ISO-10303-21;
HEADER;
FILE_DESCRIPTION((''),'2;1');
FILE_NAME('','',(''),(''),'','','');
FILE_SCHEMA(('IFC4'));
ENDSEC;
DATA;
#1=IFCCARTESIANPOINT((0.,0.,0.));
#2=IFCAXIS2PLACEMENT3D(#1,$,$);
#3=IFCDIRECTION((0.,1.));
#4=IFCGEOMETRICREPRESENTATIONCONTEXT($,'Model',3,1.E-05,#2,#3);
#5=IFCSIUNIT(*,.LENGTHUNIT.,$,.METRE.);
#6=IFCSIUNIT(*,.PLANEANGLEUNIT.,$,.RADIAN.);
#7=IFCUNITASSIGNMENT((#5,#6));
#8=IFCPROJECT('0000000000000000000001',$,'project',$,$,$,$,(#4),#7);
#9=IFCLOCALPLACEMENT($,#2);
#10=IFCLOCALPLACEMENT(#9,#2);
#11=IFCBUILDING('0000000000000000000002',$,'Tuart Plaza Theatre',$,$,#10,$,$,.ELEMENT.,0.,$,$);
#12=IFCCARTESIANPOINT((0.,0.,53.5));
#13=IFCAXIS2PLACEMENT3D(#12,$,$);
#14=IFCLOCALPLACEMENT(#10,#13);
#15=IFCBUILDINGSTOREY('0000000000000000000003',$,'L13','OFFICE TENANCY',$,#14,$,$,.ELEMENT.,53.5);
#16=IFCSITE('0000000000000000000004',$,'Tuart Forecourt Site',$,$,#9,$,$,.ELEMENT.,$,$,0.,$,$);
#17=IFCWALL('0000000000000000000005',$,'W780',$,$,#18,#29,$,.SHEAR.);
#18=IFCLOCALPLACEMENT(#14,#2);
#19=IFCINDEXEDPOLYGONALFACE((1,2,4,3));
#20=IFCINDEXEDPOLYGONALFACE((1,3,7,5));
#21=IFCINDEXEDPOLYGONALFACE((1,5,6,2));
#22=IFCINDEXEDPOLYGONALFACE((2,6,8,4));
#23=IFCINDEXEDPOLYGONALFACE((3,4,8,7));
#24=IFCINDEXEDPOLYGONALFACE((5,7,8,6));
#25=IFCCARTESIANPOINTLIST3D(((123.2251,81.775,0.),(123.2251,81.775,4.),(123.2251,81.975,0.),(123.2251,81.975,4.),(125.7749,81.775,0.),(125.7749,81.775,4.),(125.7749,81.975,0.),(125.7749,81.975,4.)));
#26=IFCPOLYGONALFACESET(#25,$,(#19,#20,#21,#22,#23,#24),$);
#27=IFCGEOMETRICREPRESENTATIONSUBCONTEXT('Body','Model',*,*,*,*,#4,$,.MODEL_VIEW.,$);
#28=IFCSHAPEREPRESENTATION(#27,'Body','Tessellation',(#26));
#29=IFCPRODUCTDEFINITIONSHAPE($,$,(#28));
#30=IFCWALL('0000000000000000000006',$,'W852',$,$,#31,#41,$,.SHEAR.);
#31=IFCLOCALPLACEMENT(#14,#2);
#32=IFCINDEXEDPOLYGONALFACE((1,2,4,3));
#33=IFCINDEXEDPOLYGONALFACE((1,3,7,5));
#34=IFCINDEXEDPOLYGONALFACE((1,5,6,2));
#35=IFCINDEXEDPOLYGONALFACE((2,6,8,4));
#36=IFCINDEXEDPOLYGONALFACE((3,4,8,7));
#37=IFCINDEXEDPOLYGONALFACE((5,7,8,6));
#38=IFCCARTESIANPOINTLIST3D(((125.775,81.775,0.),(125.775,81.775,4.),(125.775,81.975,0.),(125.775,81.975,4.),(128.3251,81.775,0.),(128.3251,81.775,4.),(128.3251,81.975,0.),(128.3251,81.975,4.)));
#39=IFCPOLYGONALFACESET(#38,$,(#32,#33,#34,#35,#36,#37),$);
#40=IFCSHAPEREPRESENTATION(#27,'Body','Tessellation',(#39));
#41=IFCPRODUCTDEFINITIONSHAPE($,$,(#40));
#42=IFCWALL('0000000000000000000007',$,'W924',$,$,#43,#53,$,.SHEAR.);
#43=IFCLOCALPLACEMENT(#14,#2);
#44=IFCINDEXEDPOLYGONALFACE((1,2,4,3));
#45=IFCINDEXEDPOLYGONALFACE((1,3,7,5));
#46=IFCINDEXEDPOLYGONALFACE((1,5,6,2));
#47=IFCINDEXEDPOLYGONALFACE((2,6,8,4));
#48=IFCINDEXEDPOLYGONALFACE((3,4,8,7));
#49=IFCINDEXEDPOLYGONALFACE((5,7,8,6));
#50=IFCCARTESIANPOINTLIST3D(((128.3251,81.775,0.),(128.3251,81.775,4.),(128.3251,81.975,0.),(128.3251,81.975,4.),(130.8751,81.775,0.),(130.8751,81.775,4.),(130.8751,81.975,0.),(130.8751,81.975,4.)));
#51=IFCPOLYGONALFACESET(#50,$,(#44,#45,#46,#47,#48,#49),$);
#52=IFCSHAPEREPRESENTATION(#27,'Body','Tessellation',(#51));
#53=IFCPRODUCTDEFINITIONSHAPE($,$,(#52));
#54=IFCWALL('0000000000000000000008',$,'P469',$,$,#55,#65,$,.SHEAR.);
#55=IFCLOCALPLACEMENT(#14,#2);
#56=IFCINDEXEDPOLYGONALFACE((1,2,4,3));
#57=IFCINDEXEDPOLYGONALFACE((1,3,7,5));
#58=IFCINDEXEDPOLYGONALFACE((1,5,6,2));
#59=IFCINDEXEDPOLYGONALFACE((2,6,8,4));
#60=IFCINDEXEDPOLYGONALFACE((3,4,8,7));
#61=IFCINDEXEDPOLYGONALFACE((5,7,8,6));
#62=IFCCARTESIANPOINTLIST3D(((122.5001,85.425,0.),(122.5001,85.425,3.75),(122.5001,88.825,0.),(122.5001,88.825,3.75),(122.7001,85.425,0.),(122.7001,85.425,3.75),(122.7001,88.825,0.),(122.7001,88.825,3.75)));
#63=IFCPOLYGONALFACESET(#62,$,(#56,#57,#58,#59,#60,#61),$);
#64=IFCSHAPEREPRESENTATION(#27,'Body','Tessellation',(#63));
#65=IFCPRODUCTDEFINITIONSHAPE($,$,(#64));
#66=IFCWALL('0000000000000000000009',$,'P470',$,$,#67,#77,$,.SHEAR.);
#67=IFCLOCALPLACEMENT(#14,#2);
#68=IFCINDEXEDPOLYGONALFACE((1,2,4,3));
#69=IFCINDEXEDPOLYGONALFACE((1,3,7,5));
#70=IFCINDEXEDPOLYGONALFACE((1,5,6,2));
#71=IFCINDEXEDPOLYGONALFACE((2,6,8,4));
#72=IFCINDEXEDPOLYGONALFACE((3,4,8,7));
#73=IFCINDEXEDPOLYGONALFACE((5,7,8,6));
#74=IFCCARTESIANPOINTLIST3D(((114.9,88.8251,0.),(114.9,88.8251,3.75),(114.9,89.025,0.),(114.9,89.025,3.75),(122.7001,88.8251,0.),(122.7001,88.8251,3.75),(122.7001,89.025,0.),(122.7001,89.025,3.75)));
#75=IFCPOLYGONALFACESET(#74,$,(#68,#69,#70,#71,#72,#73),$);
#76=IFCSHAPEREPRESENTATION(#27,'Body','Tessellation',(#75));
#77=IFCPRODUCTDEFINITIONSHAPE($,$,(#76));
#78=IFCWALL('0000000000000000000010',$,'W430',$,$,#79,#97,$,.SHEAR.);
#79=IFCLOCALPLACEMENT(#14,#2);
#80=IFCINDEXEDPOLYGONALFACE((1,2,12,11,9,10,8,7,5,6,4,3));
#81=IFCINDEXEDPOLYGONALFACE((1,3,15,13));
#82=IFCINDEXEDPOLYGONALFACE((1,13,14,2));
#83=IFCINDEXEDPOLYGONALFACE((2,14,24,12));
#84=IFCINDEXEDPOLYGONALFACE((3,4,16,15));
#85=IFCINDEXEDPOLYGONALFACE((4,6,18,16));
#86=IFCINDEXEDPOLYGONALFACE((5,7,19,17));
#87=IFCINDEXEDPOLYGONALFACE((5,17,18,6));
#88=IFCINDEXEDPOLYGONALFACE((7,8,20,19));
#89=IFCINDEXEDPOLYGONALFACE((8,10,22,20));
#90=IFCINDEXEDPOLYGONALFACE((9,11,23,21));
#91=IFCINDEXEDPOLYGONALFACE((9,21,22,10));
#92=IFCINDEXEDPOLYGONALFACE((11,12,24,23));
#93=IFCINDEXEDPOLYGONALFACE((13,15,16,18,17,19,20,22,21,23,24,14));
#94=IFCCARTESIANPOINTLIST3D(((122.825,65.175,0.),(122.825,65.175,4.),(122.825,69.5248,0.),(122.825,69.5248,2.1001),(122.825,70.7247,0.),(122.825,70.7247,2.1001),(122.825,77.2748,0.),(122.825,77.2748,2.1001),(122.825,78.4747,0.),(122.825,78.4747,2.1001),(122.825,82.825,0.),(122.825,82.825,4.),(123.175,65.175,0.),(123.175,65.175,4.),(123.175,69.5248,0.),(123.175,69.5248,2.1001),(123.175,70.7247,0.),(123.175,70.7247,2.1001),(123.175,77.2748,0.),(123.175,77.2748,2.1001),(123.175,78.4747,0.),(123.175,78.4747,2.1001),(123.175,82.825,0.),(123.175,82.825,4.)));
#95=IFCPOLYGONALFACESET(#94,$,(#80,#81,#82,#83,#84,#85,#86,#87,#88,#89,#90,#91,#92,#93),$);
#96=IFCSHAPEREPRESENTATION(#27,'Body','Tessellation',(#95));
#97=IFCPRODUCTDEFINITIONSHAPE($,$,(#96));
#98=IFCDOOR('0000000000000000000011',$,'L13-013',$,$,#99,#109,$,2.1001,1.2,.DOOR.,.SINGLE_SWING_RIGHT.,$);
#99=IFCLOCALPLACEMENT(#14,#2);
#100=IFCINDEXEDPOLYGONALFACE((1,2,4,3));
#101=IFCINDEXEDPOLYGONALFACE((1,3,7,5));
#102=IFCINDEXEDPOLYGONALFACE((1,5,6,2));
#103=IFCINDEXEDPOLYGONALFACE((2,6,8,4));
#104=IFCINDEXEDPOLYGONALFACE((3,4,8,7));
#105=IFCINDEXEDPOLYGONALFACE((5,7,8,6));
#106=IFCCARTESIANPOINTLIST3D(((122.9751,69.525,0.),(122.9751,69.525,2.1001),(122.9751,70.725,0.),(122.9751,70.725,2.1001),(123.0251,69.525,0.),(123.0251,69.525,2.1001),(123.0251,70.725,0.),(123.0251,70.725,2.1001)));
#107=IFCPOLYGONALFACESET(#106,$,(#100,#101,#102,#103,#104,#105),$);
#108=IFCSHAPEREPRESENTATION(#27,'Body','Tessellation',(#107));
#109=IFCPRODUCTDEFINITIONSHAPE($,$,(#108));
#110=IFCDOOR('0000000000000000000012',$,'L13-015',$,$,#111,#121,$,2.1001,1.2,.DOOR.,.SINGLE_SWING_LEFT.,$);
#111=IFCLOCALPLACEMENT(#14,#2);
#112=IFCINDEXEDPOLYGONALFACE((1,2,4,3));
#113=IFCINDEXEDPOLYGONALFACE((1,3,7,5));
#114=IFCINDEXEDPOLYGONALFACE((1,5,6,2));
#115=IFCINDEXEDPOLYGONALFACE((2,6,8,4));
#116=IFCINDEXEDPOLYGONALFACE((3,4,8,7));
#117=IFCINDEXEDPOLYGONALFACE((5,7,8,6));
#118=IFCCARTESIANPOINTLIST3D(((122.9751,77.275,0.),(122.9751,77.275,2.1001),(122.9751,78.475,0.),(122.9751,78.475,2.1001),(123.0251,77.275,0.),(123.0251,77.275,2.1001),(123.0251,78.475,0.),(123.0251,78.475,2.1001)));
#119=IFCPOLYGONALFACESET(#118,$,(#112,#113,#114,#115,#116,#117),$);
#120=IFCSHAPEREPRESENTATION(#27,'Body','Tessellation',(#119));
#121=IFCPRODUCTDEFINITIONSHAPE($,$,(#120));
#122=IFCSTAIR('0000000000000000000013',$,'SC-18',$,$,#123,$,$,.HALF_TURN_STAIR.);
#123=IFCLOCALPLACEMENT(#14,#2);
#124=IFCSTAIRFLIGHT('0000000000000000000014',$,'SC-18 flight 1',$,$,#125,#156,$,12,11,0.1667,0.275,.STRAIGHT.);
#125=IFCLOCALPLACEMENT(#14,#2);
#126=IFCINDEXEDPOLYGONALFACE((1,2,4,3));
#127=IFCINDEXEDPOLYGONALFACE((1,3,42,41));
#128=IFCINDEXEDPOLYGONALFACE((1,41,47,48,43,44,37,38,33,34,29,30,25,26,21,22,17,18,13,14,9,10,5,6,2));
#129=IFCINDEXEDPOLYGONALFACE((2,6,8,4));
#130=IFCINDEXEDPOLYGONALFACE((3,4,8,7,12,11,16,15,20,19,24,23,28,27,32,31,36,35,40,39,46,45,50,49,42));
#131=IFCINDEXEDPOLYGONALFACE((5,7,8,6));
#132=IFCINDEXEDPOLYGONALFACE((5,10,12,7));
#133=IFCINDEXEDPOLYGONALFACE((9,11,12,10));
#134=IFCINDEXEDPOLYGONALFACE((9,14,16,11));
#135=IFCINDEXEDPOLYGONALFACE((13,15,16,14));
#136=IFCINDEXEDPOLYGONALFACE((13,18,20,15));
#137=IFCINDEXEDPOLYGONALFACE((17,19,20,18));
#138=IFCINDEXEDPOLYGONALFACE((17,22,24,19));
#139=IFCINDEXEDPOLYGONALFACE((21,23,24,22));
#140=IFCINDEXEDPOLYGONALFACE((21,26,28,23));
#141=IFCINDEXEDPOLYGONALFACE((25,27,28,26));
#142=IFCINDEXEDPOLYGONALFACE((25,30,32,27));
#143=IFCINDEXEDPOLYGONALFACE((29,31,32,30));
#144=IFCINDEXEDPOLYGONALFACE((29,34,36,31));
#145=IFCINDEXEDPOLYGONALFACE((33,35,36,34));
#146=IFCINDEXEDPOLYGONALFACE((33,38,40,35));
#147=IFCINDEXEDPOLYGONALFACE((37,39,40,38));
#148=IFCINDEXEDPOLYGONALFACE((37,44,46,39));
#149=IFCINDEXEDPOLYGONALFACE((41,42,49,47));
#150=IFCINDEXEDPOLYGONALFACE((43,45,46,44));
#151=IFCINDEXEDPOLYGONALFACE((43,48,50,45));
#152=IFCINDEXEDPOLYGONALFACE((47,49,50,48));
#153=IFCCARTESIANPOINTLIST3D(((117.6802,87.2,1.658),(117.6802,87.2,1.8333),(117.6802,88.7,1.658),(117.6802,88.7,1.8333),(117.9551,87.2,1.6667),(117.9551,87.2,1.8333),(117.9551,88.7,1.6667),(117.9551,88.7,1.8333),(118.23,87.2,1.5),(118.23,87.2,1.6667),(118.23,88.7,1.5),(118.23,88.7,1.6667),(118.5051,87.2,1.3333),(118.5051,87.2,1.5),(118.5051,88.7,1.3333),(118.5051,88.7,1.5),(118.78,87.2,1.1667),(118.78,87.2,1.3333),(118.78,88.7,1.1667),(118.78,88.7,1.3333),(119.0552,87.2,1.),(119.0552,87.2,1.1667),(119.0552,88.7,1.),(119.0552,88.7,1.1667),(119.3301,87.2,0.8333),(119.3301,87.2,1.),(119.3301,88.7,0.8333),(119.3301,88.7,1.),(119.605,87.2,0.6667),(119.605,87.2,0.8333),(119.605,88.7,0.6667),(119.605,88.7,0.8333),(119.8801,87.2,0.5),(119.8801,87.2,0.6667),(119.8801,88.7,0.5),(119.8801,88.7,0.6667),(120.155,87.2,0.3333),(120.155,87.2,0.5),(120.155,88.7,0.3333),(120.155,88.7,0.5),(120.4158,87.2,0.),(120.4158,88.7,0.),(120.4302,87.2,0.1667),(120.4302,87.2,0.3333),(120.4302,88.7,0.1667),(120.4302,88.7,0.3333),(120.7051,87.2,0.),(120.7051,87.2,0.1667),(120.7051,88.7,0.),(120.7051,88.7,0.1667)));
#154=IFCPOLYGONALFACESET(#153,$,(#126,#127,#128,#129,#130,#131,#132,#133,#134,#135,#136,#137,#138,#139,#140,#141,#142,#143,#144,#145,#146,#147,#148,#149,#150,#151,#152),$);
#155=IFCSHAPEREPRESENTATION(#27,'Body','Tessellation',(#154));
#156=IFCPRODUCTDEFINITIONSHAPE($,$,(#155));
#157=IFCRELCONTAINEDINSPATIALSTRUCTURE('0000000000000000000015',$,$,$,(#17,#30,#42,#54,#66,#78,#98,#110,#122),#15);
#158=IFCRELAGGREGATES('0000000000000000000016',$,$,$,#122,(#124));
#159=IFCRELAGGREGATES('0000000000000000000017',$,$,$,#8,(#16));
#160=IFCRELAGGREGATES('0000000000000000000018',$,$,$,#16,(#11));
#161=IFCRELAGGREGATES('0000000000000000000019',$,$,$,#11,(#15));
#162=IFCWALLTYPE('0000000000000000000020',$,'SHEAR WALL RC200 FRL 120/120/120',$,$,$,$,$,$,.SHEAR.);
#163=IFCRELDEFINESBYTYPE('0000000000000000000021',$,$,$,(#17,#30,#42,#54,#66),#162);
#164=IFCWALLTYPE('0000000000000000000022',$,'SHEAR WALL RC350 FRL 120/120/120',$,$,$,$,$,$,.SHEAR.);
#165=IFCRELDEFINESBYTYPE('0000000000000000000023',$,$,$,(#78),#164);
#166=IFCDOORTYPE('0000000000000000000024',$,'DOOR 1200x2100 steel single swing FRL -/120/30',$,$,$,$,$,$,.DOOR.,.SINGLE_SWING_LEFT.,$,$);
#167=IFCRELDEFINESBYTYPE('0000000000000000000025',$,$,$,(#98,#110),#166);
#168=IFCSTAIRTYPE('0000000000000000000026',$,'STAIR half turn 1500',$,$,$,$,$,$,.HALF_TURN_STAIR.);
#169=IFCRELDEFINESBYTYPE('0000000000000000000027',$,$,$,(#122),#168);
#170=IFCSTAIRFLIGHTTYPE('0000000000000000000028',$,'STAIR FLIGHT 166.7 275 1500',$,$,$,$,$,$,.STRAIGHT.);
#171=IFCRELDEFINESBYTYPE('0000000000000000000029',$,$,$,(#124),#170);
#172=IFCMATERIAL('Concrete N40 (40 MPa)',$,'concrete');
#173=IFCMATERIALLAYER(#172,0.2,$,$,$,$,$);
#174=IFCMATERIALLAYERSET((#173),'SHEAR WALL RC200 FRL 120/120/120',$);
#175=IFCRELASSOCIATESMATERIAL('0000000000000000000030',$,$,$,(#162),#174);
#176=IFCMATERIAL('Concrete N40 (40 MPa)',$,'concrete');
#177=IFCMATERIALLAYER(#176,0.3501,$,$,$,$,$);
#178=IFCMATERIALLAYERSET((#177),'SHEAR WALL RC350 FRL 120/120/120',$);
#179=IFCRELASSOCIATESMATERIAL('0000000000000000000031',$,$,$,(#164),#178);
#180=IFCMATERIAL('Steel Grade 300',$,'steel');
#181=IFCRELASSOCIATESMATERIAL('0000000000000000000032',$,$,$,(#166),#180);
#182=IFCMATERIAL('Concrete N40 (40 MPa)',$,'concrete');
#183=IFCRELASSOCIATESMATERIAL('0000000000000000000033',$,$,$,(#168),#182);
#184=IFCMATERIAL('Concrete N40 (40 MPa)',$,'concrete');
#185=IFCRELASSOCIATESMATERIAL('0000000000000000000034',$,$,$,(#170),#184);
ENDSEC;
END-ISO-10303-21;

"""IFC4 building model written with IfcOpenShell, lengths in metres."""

from ifc_helpers import new_model, si_unit, direction, frame, frame_2d, origin, place, context, subcontext, project, spatial, polyline, rectangle, outline, extrude, material, layer, layer_set, type_object, element, fill, aggregate, save


model = new_model("IFC4")

# Units and contexts
model_context = context("Model", 3, precision=1e-05, world=origin(), true_north=direction((0.0, 1.0)))
body_context = subcontext(model_context, "Body", "Model", "MODEL_VIEW")
ifc_project = project(units=[si_unit("LENGTHUNIT", "METRE"), si_unit("PLANEANGLEUNIT", "RADIAN")], contexts=[model_context])

# Site, building, storey
site_placement = place(None, origin())
site = spatial("IfcSite", under=ifc_project, at=site_placement, Name="Tuart Forecourt Site", CompositionType="ELEMENT", RefElevation=0.0)
building_placement = place(site_placement, origin())
building = spatial("IfcBuilding", under=site, at=building_placement, Name="Tuart Plaza Theatre", CompositionType="ELEMENT", ElevationOfRefHeight=0.0)
storey_placement = place(building_placement, frame((0.0, 0.0, 53.5)))
storey = spatial("IfcBuildingStorey", under=building, at=storey_placement, Name="L13", Description="OFFICE TENANCY", CompositionType="ELEMENT", Elevation=53.5)

# Walls
ifc_material_1 = material(Name="Concrete N40 (40 MPa)", Category="concrete")
ifc_layer_1 = layer(ifc_material_1, 0.2)
ifc_layer_set_1 = layer_set([ifc_layer_1], Name="SHEAR WALL RC200 FRL 120/120/120")
wall_type_1 = type_object("IfcWallType", Name="SHEAR WALL RC200 FRL 120/120/120", PredefinedType="SHEAR", material=ifc_layer_set_1)
wall_1_placement = place(storey_placement, frame((125.7749, 81.875, 0.0), z_axis=(0.0, 0.0, 1.0), x_axis=(-1.0, 0.0, 0.0)))
element("IfcWall", 1, at=wall_1_placement, inside=storey, type_object=wall_type_1, Name="W780", PredefinedType="SHEAR", context=body_context, shape_type="SweptSolid", body=[
    extrude(rectangle(XDim=2.5498, YDim=0.2, at=frame_2d((1.2749, 0.0))), origin(), (0.0, 0.0, 1.0), 4.0),
])
for number, where, z_axis, x_axis, name in (
    (2, (128.325, 81.875, 0.0), (0.0, 0.0, 1.0), (-1.0, 0.0, 0.0), "W852"),
    (3, (130.875, 81.875, 0.0), (0.0, 0.0, 1.0), (-1.0, 0.0, 0.0), "W924"),
):
    element("IfcWall", number, at=place(storey_placement, frame(where, z_axis=z_axis, x_axis=x_axis)), inside=storey, type_object=wall_type_1, Name=name, PredefinedType="SHEAR", context=body_context, shape_type="SweptSolid", body=[
        extrude(rectangle(XDim=2.55, YDim=0.2, at=frame_2d((1.2749, 0.0))), origin(), (0.0, 0.0, 1.0), 4.0),
    ])
wall_2_placement = place(storey_placement, frame((122.6001, 85.425, 0.0), z_axis=(0.0, 0.0, 1.0), x_axis=(0.0, 1.0, 0.0)))
element("IfcWall", 4, at=wall_2_placement, inside=storey, type_object=wall_type_1, Name="P469", PredefinedType="SHEAR", context=body_context, shape_type="SweptSolid", body=[
    extrude(rectangle(XDim=3.3999, YDim=0.2, at=frame_2d((1.7, 0.0))), origin(), (0.0, 0.0, 1.0), 3.75),
])
wall_3_placement = place(storey_placement, frame((122.7, 88.925, 0.0), z_axis=(0.0, 0.0, 1.0), x_axis=(-1.0, 0.0, 0.0)))
element("IfcWall", 5, at=wall_3_placement, inside=storey, type_object=wall_type_1, Name="P470", PredefinedType="SHEAR", context=body_context, shape_type="SweptSolid", body=[
    extrude(rectangle(XDim=7.8, YDim=0.2, at=frame_2d((3.8999, 0.0))), origin(), (0.0, 0.0, 1.0), 3.75),
])

# Wall, openings, doors
ifc_material_2 = material(Name="Concrete N40 (40 MPa)", Category="concrete")
ifc_layer_2 = layer(ifc_material_2, 0.3501)
ifc_layer_set_2 = layer_set([ifc_layer_2], Name="SHEAR WALL RC350 FRL 120/120/120")
wall_type_2 = type_object("IfcWallType", Name="SHEAR WALL RC350 FRL 120/120/120", PredefinedType="SHEAR", material=ifc_layer_set_2)
wall_4_placement = place(storey_placement, frame((123.0, 82.825, 0.0), z_axis=(0.0, 0.0, 1.0), x_axis=(0.0, -1.0, 0.0)))
wall_4 = element("IfcWall", 6, at=wall_4_placement, inside=storey, type_object=wall_type_2, Name="W430", PredefinedType="SHEAR", context=body_context, shape_type="SweptSolid", body=[
    extrude(rectangle(XDim=17.6499, YDim=0.3501, at=frame_2d((8.825, 0.0))), origin(), (0.0, 0.0, 1.0), 4.0),
])
opening_1_placement = place(wall_4_placement, frame((12.1001, 0.0, 0.0)))
opening_1 = element("IfcOpeningElement", 7, at=opening_1_placement, cuts=wall_4, PredefinedType="OPENING", context=body_context, shape_type="SweptSolid", body=[
    extrude(rectangle(XDim=1.2, YDim=2.1001, at=frame_2d((0.6001, 1.05))), frame((0.0, 0.1851, 0.0), z_axis=(0.0, -1.0, 0.0), x_axis=(1.0, 0.0, 0.0)), (0.0, 0.0, 1.0), 0.3701),
])
opening_2_placement = place(wall_4_placement, frame((4.3501, 0.0, 0.0)))
opening_2 = element("IfcOpeningElement", 8, at=opening_2_placement, cuts=wall_4, PredefinedType="OPENING", context=body_context, shape_type="SweptSolid", body=[
    extrude(rectangle(XDim=1.2, YDim=2.1001, at=frame_2d((0.6001, 1.05))), frame((0.0, 0.1851, 0.0), z_axis=(0.0, -1.0, 0.0), x_axis=(1.0, 0.0, 0.0)), (0.0, 0.0, 1.0), 0.3701),
])
ifc_material_3 = material(Name="Steel Grade 300", Category="steel")
door_type_1 = type_object("IfcDoorType", Name="DOOR 1200x2100 steel single swing FRL -/120/30", OperationType="SINGLE_SWING_LEFT", PredefinedType="DOOR", material=ifc_material_3)
door_1_placement = place(opening_1_placement, frame((1.2, 0.0, 0.0), z_axis=(0.0, 0.0, 1.0), x_axis=(-1.0, 0.0, 0.0)))
door_1 = element("IfcDoor", 9, at=door_1_placement, inside=storey, type_object=door_type_1, Name="L13-013", OperationType="SINGLE_SWING_RIGHT", OverallHeight=2.1001, OverallWidth=1.2, PredefinedType="DOOR", context=body_context, shape_type="SweptSolid", body=[
    extrude(rectangle(XDim=1.2, YDim=2.1001, at=frame_2d((0.6001, 1.05))), frame((0.0, 0.0249, 0.0), z_axis=(0.0, -1.0, 0.0), x_axis=(1.0, 0.0, 0.0)), (0.0, 0.0, 1.0), 0.05),
])
fill(opening_1, door_1)
door_2_placement = place(opening_2_placement, frame((1.2, 0.0, 0.0), z_axis=(0.0, 0.0, 1.0), x_axis=(-1.0, 0.0, 0.0)))
door_2 = element("IfcDoor", 10, at=door_2_placement, inside=storey, type_object=door_type_1, Name="L13-015", OperationType="SINGLE_SWING_LEFT", OverallHeight=2.1001, OverallWidth=1.2, PredefinedType="DOOR", context=body_context, shape_type="SweptSolid", body=[
    extrude(rectangle(XDim=1.2, YDim=2.1001, at=frame_2d((0.6001, 1.05))), frame((0.0, 0.0249, 0.0), z_axis=(0.0, -1.0, 0.0), x_axis=(1.0, 0.0, 0.0)), (0.0, 0.0, 1.0), 0.05),
])
fill(opening_2, door_2)

# Stair, stair flight
ifc_material_4 = material(Name="Concrete N40 (40 MPa)", Category="concrete")
stair_type = type_object("IfcStairType", Name="STAIR half turn 1500", PredefinedType="HALF_TURN_STAIR", material=ifc_material_4)
stair_placement = place(storey_placement, origin())
stair = element("IfcStair", 11, at=stair_placement, inside=storey, type_object=stair_type, Name="SC-18", PredefinedType="HALF_TURN_STAIR")
ifc_material_5 = material(Name="Concrete N40 (40 MPa)", Category="concrete")
stair_flight_type = type_object("IfcStairFlightType", Name="STAIR FLIGHT 166.7 275 1500", PredefinedType="STRAIGHT", material=ifc_material_5)
stair_flight_placement = place(storey_placement, frame((120.7051, 87.95, 0.0), z_axis=(0.0, 0.0, 1.0), x_axis=(-1.0, 0.0, 0.0)))
stair_flight = element("IfcStairFlight", 12, at=stair_flight_placement, type_object=stair_flight_type, Name="SC-18 flight 1", NumberOfRisers=12, NumberOfTreads=11, PredefinedType="STRAIGHT", RiserHeight=0.1667, TreadLength=0.275, context=body_context, shape_type="SweptSolid", body=[
    extrude(outline(polyline([(0.0, 0.0), (0.0, 0.1667), (0.2749, 0.1667), (0.2749, 0.3333), (0.55, 0.3333), (0.55, 0.5), (0.825, 0.5), (0.825, 0.6667), (1.1001, 0.6667), (1.1001, 0.8333), (1.375, 0.8333), (1.375, 1.0), (1.6499, 1.0), (1.6499, 1.1667), (1.925, 1.1667), (1.925, 1.3333), (2.2, 1.3333), (2.2, 1.5), (2.4751, 1.5), (2.4751, 1.6667), (2.75, 1.6667), (2.75, 1.8333), (3.0249, 1.8333), (3.0249, 2.0), (3.0249, 1.658), (0.2893, 0.0), (0.0, 0.0)])), frame((0.0, 0.75, 0.0), z_axis=(0.0, -1.0, 0.0), x_axis=(1.0, 0.0, 0.0)), (0.0, 0.0, 1.0), 1.5),
])
aggregate(stair, [stair_flight])

save(model, "model.ifc")
